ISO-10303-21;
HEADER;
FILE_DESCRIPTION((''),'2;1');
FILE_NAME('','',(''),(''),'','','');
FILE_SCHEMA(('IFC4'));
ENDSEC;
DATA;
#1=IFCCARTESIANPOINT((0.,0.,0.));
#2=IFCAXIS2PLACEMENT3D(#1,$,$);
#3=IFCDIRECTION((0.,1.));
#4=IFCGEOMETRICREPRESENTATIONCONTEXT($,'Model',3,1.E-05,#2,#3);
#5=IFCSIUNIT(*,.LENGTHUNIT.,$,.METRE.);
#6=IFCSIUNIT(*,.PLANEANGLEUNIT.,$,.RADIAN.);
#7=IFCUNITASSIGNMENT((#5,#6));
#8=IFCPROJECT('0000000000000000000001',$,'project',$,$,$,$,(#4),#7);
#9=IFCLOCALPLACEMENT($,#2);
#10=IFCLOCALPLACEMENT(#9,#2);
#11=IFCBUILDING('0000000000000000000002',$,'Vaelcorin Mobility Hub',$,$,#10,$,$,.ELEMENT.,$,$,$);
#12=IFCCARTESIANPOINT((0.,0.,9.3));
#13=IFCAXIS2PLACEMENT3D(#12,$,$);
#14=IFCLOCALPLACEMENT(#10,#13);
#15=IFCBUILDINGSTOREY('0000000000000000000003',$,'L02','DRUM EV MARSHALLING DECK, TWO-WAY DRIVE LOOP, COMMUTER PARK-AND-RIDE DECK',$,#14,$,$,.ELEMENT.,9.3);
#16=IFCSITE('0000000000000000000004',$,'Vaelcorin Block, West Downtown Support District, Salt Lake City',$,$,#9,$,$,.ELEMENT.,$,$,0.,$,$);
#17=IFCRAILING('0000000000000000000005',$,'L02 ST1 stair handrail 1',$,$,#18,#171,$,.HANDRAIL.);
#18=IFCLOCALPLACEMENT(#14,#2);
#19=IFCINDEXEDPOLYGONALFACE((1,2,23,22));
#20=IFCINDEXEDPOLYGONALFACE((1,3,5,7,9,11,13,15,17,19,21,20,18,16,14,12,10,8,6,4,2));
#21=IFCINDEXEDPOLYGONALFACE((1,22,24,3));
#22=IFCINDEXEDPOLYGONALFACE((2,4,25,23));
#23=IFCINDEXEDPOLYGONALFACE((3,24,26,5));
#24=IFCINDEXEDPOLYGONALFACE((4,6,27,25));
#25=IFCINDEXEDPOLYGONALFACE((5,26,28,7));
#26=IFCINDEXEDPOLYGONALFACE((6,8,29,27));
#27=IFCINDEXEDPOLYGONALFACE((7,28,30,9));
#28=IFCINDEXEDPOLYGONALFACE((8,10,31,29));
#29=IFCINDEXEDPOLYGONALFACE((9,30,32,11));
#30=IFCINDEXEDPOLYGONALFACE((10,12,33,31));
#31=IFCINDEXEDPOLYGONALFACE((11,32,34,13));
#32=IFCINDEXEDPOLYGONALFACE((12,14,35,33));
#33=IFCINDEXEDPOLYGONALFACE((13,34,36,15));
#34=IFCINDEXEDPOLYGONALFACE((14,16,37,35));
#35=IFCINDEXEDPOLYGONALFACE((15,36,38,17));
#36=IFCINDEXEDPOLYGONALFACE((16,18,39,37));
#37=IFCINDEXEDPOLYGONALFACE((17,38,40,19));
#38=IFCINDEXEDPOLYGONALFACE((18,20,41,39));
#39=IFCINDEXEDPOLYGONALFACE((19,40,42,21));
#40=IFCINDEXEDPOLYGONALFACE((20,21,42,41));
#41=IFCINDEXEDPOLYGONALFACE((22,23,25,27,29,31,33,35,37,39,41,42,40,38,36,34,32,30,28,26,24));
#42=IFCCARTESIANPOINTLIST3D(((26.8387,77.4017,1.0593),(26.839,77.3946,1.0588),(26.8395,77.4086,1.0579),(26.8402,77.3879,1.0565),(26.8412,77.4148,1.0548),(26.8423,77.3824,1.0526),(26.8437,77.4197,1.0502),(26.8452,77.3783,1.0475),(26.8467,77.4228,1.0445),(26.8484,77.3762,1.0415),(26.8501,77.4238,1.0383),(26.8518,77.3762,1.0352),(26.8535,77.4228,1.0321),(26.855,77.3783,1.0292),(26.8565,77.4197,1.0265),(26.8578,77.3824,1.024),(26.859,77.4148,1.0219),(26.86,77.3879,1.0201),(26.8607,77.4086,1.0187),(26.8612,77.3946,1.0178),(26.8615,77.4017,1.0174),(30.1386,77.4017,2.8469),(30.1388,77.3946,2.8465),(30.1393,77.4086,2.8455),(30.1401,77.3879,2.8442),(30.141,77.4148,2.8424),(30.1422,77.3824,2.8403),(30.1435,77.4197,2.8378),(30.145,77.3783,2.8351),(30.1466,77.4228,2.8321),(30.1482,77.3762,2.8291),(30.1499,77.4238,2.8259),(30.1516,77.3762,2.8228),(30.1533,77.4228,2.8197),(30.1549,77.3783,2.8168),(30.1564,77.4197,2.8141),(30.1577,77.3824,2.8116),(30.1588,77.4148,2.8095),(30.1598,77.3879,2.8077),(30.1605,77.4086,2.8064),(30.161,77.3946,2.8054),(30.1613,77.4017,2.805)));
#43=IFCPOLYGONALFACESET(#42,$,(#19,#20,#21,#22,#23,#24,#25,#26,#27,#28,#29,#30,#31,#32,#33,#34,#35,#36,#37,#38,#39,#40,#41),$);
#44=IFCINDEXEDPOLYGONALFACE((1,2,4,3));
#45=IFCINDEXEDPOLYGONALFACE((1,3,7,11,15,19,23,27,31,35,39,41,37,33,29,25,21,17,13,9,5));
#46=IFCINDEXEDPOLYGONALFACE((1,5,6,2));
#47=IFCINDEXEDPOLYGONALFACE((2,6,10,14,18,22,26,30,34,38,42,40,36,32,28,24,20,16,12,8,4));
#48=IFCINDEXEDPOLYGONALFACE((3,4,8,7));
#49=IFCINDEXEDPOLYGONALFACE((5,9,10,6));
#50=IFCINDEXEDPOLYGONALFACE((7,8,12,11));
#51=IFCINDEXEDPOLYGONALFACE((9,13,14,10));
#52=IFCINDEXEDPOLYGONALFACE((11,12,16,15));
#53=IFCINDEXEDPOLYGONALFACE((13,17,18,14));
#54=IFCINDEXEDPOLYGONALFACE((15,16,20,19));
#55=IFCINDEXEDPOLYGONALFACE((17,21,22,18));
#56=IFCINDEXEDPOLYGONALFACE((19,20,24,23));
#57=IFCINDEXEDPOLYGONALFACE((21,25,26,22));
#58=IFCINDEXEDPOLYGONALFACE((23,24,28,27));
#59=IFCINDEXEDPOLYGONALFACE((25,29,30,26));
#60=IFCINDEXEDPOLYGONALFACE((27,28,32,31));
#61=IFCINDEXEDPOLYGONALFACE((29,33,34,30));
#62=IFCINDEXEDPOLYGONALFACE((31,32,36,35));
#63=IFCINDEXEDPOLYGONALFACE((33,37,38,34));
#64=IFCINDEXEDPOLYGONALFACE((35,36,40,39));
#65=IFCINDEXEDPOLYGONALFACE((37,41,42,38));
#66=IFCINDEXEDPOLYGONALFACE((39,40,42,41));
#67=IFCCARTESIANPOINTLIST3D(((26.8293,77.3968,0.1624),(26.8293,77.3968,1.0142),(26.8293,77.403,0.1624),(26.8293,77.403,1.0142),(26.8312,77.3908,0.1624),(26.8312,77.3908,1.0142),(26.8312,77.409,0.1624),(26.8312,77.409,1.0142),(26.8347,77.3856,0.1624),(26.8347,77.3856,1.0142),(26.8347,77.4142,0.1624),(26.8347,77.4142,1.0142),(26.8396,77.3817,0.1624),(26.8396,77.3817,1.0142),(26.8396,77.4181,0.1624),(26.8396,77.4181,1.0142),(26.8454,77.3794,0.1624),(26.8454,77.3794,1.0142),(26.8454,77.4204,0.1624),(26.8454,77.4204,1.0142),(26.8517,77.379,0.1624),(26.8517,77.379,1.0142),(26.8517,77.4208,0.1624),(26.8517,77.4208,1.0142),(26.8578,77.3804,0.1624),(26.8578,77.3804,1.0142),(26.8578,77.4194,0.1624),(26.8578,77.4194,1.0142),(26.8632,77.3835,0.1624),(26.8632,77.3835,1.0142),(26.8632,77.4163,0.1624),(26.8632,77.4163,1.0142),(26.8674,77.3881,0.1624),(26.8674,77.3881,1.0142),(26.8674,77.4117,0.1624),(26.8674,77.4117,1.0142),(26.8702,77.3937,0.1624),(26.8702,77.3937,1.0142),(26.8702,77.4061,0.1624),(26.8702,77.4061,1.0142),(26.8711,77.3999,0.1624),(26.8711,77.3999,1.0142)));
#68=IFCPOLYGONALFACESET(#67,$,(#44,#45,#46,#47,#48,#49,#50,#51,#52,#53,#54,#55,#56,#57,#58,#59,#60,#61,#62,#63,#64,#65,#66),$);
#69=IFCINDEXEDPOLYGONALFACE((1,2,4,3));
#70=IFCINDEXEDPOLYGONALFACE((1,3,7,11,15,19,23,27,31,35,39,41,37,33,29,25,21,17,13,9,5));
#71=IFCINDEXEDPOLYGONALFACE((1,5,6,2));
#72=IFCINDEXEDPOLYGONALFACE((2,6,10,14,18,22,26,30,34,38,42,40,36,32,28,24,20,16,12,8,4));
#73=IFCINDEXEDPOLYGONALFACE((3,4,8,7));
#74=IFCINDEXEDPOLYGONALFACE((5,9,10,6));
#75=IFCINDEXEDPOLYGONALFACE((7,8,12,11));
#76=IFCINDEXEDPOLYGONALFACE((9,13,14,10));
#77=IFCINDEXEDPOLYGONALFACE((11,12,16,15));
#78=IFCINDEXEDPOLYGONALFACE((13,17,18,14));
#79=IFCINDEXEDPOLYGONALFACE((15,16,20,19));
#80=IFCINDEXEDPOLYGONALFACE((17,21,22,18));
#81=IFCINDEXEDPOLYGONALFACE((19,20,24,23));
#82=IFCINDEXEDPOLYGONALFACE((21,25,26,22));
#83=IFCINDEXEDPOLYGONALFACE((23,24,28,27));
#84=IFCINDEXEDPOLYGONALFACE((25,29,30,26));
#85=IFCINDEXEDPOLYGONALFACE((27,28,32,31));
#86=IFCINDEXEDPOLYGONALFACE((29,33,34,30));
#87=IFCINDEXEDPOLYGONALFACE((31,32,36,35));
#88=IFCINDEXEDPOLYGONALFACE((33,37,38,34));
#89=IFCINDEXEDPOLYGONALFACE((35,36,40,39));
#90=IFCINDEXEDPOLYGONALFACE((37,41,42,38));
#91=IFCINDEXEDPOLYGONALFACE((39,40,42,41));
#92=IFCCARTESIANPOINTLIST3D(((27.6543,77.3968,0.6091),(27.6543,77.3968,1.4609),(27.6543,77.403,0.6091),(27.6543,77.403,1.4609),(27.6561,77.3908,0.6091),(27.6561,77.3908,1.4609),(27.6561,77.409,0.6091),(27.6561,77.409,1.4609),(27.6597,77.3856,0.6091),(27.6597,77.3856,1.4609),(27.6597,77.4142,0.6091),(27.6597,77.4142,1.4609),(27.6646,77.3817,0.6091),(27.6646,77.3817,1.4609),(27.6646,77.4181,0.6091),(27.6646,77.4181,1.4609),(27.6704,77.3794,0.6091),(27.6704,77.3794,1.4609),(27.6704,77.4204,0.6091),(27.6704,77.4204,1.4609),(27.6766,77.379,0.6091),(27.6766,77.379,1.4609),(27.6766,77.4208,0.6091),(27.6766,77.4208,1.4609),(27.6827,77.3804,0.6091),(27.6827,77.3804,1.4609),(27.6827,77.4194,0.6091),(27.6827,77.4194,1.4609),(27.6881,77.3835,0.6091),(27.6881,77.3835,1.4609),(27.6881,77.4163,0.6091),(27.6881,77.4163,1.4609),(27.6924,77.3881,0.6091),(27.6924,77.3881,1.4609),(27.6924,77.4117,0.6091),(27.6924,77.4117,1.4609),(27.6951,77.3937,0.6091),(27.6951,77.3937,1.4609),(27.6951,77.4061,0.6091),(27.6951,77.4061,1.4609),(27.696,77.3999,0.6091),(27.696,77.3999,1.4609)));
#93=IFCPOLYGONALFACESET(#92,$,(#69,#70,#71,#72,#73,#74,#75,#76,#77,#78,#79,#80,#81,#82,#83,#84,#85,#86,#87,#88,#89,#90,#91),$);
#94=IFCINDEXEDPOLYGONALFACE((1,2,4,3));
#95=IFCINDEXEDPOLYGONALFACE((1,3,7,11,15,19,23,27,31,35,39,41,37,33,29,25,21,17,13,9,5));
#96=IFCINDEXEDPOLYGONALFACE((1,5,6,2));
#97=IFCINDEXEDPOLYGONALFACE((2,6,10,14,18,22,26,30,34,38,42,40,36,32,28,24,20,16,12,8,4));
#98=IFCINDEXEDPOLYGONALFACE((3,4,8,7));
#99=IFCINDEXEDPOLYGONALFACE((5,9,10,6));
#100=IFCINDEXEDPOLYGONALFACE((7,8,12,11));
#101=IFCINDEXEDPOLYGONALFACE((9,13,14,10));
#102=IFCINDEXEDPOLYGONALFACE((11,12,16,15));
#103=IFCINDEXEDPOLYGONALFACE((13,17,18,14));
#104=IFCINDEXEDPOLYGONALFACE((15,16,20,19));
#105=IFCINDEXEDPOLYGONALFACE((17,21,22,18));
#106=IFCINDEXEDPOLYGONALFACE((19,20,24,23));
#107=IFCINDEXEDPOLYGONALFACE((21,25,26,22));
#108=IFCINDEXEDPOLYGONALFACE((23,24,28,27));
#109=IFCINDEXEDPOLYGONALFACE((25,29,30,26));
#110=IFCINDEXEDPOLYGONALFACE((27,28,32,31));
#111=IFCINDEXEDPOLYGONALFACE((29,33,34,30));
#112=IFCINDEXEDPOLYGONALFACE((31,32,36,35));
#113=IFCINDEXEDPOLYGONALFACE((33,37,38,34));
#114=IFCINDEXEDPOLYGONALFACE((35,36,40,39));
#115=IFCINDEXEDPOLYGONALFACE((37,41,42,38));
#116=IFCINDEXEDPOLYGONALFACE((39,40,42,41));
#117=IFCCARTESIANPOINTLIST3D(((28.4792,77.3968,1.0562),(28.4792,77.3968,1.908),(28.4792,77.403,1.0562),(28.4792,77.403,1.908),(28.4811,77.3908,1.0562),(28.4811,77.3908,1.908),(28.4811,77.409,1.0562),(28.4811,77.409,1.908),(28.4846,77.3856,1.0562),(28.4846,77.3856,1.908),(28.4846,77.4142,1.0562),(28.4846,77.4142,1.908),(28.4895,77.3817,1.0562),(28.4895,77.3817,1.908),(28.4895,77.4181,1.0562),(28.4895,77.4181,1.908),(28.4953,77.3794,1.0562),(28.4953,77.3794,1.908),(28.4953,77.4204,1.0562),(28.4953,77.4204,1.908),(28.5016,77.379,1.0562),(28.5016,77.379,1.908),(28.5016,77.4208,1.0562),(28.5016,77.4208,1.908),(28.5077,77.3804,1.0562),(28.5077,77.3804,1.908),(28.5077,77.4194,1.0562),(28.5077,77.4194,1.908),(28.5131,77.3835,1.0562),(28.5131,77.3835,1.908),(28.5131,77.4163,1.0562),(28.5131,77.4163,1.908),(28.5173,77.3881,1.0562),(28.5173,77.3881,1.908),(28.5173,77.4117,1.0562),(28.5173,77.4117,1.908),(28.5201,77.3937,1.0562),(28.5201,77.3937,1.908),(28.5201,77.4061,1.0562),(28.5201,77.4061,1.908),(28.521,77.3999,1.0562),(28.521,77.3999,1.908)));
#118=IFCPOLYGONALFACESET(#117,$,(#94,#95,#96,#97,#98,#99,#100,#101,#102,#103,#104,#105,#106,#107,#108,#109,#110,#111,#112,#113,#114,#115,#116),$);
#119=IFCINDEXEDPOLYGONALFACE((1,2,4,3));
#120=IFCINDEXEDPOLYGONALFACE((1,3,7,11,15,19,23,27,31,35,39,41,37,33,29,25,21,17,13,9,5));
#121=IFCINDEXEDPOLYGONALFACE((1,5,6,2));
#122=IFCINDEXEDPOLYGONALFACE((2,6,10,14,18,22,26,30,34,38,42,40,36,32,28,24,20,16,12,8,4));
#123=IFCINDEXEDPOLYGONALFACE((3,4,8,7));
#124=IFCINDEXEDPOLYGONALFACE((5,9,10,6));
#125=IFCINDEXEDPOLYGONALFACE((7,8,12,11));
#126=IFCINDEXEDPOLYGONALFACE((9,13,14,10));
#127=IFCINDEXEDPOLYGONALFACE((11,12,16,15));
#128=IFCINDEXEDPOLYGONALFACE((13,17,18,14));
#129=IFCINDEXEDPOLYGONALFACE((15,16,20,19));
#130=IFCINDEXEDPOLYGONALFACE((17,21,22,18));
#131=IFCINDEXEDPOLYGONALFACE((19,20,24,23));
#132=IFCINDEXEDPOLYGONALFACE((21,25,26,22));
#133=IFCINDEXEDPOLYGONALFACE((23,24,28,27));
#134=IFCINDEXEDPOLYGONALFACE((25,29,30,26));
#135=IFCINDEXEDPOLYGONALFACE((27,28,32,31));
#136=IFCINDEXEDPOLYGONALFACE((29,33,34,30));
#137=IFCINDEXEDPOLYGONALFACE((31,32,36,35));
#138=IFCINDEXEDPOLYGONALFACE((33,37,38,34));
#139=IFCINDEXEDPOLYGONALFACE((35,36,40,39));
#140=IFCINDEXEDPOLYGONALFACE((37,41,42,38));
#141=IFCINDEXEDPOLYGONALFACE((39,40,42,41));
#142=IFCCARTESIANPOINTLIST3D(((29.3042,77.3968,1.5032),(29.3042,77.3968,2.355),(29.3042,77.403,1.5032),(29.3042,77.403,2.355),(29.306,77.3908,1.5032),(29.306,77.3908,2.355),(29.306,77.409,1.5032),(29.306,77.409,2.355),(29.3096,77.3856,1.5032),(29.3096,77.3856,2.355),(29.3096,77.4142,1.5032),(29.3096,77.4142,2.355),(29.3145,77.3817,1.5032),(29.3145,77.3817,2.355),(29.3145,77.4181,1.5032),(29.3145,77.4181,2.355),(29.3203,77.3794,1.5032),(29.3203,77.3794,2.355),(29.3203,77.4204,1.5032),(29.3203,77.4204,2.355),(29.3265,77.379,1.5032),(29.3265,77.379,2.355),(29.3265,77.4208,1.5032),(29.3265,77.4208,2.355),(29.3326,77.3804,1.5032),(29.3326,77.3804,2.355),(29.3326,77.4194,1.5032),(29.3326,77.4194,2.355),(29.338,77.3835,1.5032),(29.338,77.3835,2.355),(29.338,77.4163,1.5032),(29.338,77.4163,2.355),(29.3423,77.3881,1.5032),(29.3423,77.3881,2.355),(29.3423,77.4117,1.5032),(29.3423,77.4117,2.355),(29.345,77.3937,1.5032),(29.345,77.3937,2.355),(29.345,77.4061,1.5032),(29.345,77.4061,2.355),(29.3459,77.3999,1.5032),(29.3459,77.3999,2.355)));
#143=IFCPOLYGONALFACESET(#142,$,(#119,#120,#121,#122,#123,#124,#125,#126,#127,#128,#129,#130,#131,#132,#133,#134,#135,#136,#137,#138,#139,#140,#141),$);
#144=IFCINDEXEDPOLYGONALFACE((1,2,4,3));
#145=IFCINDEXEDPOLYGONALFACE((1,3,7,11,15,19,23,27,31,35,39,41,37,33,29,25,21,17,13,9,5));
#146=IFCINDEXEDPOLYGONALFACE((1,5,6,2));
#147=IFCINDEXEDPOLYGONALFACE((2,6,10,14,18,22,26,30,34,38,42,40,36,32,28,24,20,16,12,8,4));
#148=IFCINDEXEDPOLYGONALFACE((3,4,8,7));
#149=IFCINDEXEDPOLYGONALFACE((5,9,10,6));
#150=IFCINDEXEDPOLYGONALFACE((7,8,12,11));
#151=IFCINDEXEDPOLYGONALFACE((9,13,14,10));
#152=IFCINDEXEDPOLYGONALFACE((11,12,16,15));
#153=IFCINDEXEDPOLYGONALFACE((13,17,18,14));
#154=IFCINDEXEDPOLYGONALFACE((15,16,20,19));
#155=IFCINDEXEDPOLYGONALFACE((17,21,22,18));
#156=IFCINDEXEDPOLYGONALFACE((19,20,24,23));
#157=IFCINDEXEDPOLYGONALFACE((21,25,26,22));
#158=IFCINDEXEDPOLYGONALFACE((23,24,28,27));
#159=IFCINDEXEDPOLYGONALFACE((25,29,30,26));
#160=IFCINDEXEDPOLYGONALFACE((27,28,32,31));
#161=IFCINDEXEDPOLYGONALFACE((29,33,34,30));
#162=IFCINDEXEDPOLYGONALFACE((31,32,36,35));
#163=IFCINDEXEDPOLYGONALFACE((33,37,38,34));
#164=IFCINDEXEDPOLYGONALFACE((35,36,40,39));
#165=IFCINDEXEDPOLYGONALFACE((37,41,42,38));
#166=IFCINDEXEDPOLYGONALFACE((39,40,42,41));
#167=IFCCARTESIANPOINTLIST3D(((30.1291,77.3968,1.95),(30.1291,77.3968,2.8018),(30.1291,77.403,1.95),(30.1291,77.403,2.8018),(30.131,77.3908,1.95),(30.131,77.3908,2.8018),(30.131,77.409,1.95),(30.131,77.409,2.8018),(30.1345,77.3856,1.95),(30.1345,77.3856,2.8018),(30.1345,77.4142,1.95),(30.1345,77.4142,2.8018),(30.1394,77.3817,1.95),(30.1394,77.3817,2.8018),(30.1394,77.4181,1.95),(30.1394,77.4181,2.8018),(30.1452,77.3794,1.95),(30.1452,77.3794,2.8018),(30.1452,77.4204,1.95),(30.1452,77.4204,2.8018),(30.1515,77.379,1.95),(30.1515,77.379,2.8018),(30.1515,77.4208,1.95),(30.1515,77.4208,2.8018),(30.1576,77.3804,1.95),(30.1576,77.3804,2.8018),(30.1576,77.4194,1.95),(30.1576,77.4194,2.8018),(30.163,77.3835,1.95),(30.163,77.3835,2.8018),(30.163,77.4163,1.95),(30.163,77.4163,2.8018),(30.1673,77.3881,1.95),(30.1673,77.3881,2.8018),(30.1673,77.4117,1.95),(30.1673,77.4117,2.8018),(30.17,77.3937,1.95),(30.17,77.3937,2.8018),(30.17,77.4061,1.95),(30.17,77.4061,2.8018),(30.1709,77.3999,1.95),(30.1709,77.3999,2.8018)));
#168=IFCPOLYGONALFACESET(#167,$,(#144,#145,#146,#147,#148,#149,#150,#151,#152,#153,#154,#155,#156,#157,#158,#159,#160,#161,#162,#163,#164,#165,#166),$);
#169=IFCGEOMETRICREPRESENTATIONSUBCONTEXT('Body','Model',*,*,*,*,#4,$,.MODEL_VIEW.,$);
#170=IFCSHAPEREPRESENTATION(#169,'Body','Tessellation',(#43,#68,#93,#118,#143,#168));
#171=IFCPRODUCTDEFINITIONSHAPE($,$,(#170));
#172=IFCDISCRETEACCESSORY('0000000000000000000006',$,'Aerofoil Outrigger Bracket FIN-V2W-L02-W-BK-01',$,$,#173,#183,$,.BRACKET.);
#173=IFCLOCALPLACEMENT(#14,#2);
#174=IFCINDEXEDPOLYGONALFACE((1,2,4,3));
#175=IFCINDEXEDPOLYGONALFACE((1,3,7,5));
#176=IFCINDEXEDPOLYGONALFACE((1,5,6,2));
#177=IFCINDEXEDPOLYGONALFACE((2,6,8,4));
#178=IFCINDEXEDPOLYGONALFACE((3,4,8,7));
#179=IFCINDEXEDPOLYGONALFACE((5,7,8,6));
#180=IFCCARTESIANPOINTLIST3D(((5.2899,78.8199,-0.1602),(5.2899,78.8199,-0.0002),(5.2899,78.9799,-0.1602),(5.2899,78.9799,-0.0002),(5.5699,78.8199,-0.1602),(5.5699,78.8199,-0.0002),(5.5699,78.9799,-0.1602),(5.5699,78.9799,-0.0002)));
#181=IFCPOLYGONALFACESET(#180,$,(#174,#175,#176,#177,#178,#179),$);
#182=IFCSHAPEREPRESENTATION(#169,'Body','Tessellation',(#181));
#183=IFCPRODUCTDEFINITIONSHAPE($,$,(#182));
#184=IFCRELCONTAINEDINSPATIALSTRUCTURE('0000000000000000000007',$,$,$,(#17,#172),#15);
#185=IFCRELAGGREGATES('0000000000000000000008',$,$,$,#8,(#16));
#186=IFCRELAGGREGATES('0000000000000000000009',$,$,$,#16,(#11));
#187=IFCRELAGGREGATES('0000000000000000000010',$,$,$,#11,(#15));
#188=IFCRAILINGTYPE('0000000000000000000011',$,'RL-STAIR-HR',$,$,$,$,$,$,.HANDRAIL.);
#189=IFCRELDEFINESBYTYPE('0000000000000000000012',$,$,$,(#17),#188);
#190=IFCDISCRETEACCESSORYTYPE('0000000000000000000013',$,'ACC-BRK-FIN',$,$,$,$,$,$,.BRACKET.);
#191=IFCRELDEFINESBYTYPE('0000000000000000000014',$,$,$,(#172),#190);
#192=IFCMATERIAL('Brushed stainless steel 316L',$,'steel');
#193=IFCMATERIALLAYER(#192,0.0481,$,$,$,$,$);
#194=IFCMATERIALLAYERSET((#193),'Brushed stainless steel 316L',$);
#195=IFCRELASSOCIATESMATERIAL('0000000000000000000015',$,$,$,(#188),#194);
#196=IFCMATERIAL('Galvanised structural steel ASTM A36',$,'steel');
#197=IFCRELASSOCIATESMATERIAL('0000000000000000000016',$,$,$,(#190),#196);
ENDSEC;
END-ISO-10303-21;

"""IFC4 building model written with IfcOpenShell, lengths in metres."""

from ifc_helpers import new_model, si_unit, direction, frame, origin, origin_2d, place, context, subcontext, project, spatial, rectangle, circle, extrude, material, layer, layer_set, type_object, element, save


model = new_model("IFC4")

# Units and contexts
model_context = context("Model", 3, precision=1e-05, world=origin(), true_north=direction((0.0, 1.0)))
body_context = subcontext(model_context, "Body", "Model", "MODEL_VIEW")
ifc_project = project(units=[si_unit("LENGTHUNIT", "METRE"), si_unit("PLANEANGLEUNIT", "RADIAN")], contexts=[model_context])

# Site, building, storey
site_placement = place(None, origin())
site = spatial("IfcSite", under=ifc_project, at=site_placement, Name="Vaelcorin Block, West Downtown Support District, Salt Lake City", CompositionType="ELEMENT", RefElevation=0.0)
building_placement = place(site_placement, origin())
building = spatial("IfcBuilding", under=site, at=building_placement, Name="Vaelcorin Mobility Hub", CompositionType="ELEMENT")
storey_placement = place(building_placement, frame((0.0, 0.0, 9.3)))
storey = spatial("IfcBuildingStorey", under=building, at=storey_placement, Name="L02", Description="DRUM EV MARSHALLING DECK, TWO-WAY DRIVE LOOP, COMMUTER PARK-AND-RIDE DECK", CompositionType="ELEMENT", Elevation=9.3)

# Railing
ifc_material_1 = material(Name="Brushed stainless steel 316L", Category="steel")
ifc_layer_1 = layer(ifc_material_1, 0.0481)
ifc_layer_set_1 = layer_set([ifc_layer_1], Name="Brushed stainless steel 316L")
railing_type_1 = type_object("IfcRailingType", Name="RL-STAIR-HR", PredefinedType="HANDRAIL", material=ifc_layer_set_1)
railing_1_placement = place(storey_placement, frame((26.8501, 77.3999, 0.1624)))
element("IfcRailing", 1, at=railing_1_placement, inside=storey, type_object=railing_type_1, Name="L02 ST1 stair handrail 1", PredefinedType="HANDRAIL", context=body_context, shape_type="SweptSolid", body=[
    extrude(circle(Radius=0.0239, at=origin_2d()), frame((0.0, 0.0, 0.876), z_axis=(0.879269, 0.0, 0.476325), x_axis=(0.0, 1.0, 0.0)), (0.0, 0.0, 1.0), 3.7529),
    extrude(circle(Radius=0.021, at=origin_2d()), origin(), (0.0, 0.0, 1.0), 0.8518),
    extrude(circle(Radius=0.021, at=origin_2d()), frame((0.825, 0.0, 0.4468)), (0.0, 0.0, 1.0), 0.8518),
    extrude(circle(Radius=0.021, at=origin_2d()), frame((1.6499, 0.0, 0.8938)), (0.0, 0.0, 1.0), 0.8518),
    extrude(circle(Radius=0.021, at=origin_2d()), frame((2.4749, 0.0, 1.3408)), (0.0, 0.0, 1.0), 0.8518),
    extrude(circle(Radius=0.021, at=origin_2d()), frame((3.2998, 0.0, 1.7876)), (0.0, 0.0, 1.0), 0.8518),
])

# Discrete accessory
ifc_material_2 = material(Name="Galvanised structural steel ASTM A36", Category="steel")
discrete_accessory_type = type_object("IfcDiscreteAccessoryType", Name="ACC-BRK-FIN", PredefinedType="BRACKET", material=ifc_material_2)
discrete_accessory_placement = place(storey_placement, frame((5.4299, 78.8999, -0.1602), z_axis=(0.0, 0.0, 1.0), x_axis=(-1.0, 0.0, 0.0)))
element("IfcDiscreteAccessory", 2, at=discrete_accessory_placement, inside=storey, type_object=discrete_accessory_type, Name="Aerofoil Outrigger Bracket FIN-V2W-L02-W-BK-01", PredefinedType="BRACKET", context=body_context, shape_type="SweptSolid", body=[
    extrude(rectangle(XDim=0.28, YDim=0.1599, at=origin_2d()), origin(), (0.0, 0.0, 1.0), 0.1599),
])

save(model, "model.ifc")
